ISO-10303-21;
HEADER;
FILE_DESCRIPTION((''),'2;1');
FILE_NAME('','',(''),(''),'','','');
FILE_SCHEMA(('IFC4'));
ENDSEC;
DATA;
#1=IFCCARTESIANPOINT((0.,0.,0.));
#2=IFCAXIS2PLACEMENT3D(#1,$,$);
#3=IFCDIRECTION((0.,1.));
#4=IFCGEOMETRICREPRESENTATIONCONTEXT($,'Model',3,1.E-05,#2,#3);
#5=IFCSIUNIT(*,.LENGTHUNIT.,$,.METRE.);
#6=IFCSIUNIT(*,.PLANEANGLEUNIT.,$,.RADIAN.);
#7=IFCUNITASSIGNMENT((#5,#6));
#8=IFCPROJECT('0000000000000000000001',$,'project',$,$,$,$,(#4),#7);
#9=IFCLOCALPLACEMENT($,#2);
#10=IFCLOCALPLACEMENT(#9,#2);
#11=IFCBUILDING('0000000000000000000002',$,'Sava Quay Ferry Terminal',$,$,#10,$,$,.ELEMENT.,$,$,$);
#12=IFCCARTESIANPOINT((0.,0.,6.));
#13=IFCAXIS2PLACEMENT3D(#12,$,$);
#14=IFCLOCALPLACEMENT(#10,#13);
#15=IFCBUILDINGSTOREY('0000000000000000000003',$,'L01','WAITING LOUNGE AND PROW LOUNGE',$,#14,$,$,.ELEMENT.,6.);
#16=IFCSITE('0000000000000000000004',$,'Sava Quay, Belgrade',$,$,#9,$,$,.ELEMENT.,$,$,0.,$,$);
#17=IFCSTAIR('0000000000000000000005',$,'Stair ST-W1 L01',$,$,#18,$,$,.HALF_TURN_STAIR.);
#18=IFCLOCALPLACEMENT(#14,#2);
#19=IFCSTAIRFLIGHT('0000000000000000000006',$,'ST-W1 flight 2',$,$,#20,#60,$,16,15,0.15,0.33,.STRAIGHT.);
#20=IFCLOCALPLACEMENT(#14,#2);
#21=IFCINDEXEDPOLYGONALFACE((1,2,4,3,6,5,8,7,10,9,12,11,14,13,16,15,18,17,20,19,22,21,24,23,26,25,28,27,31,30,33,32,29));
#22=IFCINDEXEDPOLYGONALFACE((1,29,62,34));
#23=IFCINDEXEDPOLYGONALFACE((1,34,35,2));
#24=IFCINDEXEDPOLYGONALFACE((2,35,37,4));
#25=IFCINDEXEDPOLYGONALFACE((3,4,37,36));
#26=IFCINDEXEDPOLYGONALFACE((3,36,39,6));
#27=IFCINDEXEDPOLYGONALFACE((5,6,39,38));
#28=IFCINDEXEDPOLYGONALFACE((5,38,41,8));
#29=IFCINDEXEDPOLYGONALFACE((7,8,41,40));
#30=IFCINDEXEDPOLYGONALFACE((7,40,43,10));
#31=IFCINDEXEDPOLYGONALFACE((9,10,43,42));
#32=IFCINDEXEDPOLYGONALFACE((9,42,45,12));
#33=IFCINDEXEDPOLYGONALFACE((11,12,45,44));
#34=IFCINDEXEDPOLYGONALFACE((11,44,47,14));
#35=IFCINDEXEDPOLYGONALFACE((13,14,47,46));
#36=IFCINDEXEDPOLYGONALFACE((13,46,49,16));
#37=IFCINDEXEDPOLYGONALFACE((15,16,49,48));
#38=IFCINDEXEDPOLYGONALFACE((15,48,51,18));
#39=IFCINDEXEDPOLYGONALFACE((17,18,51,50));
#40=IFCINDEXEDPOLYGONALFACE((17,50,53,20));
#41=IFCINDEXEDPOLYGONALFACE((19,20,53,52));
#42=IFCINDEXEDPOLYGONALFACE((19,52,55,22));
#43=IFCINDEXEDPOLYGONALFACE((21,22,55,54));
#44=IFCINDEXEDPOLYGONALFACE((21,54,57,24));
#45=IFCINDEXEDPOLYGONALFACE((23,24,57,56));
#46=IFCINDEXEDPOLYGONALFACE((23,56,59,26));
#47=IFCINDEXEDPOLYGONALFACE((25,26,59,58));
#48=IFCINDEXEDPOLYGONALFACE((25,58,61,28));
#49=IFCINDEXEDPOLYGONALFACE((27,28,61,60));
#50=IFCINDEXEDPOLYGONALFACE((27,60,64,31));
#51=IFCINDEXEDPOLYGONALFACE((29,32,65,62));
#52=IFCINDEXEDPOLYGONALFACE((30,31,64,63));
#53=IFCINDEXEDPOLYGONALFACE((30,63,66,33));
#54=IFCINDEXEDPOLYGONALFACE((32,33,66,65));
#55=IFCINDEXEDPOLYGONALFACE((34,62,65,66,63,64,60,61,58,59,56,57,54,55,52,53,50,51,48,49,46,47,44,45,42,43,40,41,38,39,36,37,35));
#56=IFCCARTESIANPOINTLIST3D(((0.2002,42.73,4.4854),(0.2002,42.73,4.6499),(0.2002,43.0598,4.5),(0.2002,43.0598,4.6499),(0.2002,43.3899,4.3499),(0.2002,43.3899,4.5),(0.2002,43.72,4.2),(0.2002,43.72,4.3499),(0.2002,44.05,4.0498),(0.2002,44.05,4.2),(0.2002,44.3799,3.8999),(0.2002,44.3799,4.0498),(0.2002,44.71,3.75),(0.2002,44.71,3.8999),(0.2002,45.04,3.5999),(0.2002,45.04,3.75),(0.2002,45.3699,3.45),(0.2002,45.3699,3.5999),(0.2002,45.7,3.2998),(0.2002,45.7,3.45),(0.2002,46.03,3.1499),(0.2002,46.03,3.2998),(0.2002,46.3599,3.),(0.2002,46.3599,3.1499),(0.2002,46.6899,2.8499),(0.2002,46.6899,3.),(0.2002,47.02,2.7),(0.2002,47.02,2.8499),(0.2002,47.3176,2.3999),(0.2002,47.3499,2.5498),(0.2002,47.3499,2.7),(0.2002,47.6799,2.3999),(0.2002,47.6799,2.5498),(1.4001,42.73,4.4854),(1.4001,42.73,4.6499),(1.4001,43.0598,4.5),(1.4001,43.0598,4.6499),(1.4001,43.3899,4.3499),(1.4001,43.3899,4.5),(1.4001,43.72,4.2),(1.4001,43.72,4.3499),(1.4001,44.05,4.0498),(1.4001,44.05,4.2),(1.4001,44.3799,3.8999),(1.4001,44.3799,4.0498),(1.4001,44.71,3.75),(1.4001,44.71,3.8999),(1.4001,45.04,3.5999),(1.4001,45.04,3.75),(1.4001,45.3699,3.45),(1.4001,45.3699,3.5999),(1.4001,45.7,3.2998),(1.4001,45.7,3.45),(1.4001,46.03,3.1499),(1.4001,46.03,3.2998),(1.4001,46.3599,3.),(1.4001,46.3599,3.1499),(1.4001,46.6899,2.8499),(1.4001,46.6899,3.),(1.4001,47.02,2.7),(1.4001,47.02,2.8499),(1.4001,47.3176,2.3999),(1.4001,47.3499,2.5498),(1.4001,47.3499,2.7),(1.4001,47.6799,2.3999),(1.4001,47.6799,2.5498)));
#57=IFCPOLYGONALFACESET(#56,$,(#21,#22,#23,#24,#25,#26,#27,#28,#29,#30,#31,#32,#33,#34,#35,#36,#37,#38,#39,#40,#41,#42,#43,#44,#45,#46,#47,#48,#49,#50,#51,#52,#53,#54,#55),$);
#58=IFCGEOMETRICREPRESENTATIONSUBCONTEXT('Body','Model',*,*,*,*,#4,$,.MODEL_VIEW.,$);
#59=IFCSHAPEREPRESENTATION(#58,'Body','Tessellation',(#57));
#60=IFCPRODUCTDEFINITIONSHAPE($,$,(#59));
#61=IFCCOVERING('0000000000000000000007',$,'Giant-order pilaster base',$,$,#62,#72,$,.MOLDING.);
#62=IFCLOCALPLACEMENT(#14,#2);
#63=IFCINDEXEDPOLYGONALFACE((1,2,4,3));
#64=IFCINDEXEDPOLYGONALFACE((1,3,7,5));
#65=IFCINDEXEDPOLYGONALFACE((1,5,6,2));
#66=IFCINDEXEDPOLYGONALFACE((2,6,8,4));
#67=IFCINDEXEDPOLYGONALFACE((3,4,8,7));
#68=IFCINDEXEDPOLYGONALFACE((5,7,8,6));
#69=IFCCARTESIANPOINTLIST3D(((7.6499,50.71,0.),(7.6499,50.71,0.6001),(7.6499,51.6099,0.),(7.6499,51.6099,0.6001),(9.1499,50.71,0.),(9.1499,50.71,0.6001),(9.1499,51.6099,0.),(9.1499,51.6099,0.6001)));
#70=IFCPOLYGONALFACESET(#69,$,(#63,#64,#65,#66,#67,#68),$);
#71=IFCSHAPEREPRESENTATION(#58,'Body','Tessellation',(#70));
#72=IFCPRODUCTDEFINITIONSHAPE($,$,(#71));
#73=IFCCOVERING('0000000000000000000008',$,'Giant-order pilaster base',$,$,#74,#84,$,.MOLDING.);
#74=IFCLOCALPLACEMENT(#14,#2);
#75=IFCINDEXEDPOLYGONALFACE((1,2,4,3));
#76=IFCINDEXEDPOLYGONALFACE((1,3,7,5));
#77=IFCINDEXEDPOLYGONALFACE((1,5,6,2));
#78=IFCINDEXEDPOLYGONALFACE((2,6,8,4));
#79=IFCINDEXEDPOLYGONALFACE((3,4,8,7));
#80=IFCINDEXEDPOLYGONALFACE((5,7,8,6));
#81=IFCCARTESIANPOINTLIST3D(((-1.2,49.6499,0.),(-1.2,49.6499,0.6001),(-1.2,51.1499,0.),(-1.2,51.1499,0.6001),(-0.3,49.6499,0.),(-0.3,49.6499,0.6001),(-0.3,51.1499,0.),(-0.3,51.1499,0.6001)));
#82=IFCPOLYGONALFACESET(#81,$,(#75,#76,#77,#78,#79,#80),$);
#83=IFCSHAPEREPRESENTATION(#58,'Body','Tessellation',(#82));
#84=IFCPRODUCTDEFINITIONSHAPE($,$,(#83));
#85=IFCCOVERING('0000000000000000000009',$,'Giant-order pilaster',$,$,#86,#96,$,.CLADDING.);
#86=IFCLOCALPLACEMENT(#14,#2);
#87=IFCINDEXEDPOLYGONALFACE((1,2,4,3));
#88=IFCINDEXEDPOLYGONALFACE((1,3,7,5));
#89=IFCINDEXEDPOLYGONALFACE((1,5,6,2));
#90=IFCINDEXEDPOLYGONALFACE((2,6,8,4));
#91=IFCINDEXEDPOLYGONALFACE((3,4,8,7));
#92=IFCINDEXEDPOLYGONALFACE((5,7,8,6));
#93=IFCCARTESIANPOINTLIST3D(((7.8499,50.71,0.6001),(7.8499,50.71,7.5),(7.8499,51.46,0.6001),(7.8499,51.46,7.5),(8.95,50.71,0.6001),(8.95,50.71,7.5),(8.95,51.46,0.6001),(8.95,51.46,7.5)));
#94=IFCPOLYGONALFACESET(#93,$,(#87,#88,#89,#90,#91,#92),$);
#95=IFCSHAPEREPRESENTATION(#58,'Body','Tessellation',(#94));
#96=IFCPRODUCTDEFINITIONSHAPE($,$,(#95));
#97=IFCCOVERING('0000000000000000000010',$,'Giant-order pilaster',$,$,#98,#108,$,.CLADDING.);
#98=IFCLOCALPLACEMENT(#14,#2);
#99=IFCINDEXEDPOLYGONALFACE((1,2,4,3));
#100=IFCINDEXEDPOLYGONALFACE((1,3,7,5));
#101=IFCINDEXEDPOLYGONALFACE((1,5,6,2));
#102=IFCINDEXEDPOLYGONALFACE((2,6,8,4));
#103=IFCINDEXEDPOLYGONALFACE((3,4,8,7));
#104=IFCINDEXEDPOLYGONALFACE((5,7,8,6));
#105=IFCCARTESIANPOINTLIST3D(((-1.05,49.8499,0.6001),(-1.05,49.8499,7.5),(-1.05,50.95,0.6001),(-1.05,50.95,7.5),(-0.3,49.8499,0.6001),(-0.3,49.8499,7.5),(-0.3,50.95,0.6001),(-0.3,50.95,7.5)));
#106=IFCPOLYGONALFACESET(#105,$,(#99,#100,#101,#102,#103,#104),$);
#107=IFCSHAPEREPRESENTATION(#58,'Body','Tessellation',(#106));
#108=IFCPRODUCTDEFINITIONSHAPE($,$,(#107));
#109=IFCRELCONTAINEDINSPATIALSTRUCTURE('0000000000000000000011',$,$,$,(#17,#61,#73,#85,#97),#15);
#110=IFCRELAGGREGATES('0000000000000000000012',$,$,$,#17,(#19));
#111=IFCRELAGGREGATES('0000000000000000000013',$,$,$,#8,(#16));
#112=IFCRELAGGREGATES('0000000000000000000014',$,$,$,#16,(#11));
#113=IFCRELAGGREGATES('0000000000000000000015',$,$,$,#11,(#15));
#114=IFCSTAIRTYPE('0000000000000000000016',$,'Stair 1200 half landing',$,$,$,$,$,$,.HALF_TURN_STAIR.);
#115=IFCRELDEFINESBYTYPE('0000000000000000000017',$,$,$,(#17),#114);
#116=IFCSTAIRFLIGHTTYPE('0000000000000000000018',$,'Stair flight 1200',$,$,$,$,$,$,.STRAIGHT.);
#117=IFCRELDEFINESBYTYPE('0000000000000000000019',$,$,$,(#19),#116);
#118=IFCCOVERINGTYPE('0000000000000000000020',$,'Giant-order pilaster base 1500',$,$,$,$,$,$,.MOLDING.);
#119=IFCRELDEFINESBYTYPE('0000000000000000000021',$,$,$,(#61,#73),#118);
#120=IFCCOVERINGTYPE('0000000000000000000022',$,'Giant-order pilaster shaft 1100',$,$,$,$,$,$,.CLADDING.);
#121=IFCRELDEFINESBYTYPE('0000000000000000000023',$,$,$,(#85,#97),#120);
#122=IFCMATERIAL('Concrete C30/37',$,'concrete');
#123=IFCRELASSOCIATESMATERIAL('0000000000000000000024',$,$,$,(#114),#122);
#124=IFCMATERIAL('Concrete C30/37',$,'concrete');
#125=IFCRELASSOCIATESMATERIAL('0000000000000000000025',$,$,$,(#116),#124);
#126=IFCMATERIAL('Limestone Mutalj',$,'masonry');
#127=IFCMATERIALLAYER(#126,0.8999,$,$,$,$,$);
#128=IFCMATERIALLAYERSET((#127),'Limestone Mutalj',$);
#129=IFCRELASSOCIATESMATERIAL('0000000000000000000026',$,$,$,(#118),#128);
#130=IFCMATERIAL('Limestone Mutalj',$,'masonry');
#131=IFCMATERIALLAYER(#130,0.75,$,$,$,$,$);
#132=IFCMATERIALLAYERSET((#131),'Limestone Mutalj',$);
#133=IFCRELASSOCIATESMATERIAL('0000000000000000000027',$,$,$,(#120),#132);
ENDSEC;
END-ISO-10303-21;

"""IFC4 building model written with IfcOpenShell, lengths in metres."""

from ifc_helpers import new_model, si_unit, direction, frame, origin, origin_2d, place, context, subcontext, project, spatial, polyline, rectangle, outline, extrude, material, layer, layer_set, type_object, element, aggregate, save


model = new_model("IFC4")

# Units and contexts
model_context = context("Model", 3, precision=1e-05, world=origin(), true_north=direction((0.0, 1.0)))
body_context = subcontext(model_context, "Body", "Model", "MODEL_VIEW")
ifc_project = project(units=[si_unit("LENGTHUNIT", "METRE"), si_unit("PLANEANGLEUNIT", "RADIAN")], contexts=[model_context])

# Site, building, storey
site_placement = place(None, origin())
site = spatial("IfcSite", under=ifc_project, at=site_placement, Name="Sava Quay, Belgrade", CompositionType="ELEMENT", RefElevation=0.0)
building_placement = place(site_placement, origin())
building = spatial("IfcBuilding", under=site, at=building_placement, Name="Sava Quay Ferry Terminal", CompositionType="ELEMENT")
storey_placement = place(building_placement, frame((0.0, 0.0, 6.0)))
storey = spatial("IfcBuildingStorey", under=building, at=storey_placement, Name="L01", Description="WAITING LOUNGE AND PROW LOUNGE", CompositionType="ELEMENT", Elevation=6.0)

# Stair, stair flight
ifc_material_1 = material(Name="Concrete C30/37", Category="concrete")
stair_type = type_object("IfcStairType", Name="Stair 1200 half landing", PredefinedType="HALF_TURN_STAIR", material=ifc_material_1)
stair_placement = place(storey_placement, origin())
stair = element("IfcStair", 1, at=stair_placement, inside=storey, type_object=stair_type, Name="Stair ST-W1 L01", PredefinedType="HALF_TURN_STAIR")
ifc_material_2 = material(Name="Concrete C30/37", Category="concrete")
stair_flight_type = type_object("IfcStairFlightType", Name="Stair flight 1200", PredefinedType="STRAIGHT", material=ifc_material_2)
stair_flight_1_placement = place(storey_placement, frame((0.8, 47.6799, 2.3999), z_axis=(0.0, 0.0, 1.0), x_axis=(0.0, -1.0, 0.0)))
stair_flight_1 = element("IfcStairFlight", 2, at=stair_flight_1_placement, type_object=stair_flight_type, Name="ST-W1 flight 2", NumberOfRisers=16, NumberOfTreads=15, PredefinedType="STRAIGHT", RiserHeight=0.15, TreadLength=0.33, context=body_context, shape_type="SweptSolid", body=[
    extrude(outline(polyline([(0.0, 0.0), (0.0, 0.1499), (0.3301, 0.1499), (0.3301, 0.3), (0.6599, 0.3), (0.6599, 0.45), (0.99, 0.45), (0.99, 0.6001), (1.3201, 0.6001), (1.3201, 0.75), (1.6499, 0.75), (1.6499, 0.8999), (1.98, 0.8999), (1.98, 1.05), (2.3101, 1.05), (2.3101, 1.2), (2.6399, 1.2), (2.6399, 1.3501), (2.97, 1.3501), (2.97, 1.5), (3.3, 1.5), (3.3, 1.6499), (3.6299, 1.6499), (3.6299, 1.8), (3.96, 1.8), (3.96, 1.95), (4.29, 1.95), (4.29, 2.1001), (4.6201, 2.1001), (4.6201, 2.25), (4.95, 2.25), (4.95, 2.3999), (4.95, 2.0854), (0.3623, 0.0), (0.0, 0.0)])), frame((0.0, 0.6001, 0.0), z_axis=(0.0, -1.0, 0.0), x_axis=(1.0, 0.0, 0.0)), (0.0, 0.0, 1.0), 1.2),
])
aggregate(stair, [stair_flight_1])

# Coverings
ifc_material_3 = material(Name="Limestone Mutalj", Category="masonry")
ifc_layer_1 = layer(ifc_material_3, 0.8999)
ifc_layer_set_1 = layer_set([ifc_layer_1], Name="Limestone Mutalj")
covering_type_1 = type_object("IfcCoveringType", Name="Giant-order pilaster base 1500", PredefinedType="MOLDING", material=ifc_layer_set_1)
covering_1_placement = place(storey_placement, frame((8.3999, 51.1599, 0.0), z_axis=(0.0, 0.0, 1.0), x_axis=(1.0, 0.0, 0.0)))
element("IfcCovering", 3, at=covering_1_placement, inside=storey, type_object=covering_type_1, Name="Giant-order pilaster base", PredefinedType="MOLDING", context=body_context, shape_type="SweptSolid", body=[
    extrude(rectangle(XDim=1.5, YDim=0.8999, at=origin_2d()), origin(), (0.0, 0.0, 1.0), 0.6001),
])
covering_2_placement = place(storey_placement, frame((-0.75, 50.3999, 0.0), z_axis=(0.0, 0.0, 1.0), x_axis=(1.0, 0.0, 0.0)))
element("IfcCovering", 4, at=covering_2_placement, inside=storey, type_object=covering_type_1, Name="Giant-order pilaster base", PredefinedType="MOLDING", context=body_context, shape_type="SweptSolid", body=[
    extrude(rectangle(XDim=0.8999, YDim=1.5, at=origin_2d()), origin(), (0.0, 0.0, 1.0), 0.6001),
])
ifc_material_4 = material(Name="Limestone Mutalj", Category="masonry")
ifc_layer_2 = layer(ifc_material_4, 0.75)
ifc_layer_set_2 = layer_set([ifc_layer_2], Name="Limestone Mutalj")
covering_type_2 = type_object("IfcCoveringType", Name="Giant-order pilaster shaft 1100", PredefinedType="CLADDING", material=ifc_layer_set_2)
covering_3_placement = place(storey_placement, frame((8.3999, 51.085, 0.6001), z_axis=(0.0, 0.0, 1.0), x_axis=(1.0, 0.0, 0.0)))
element("IfcCovering", 5, at=covering_3_placement, inside=storey, type_object=covering_type_2, Name="Giant-order pilaster", PredefinedType="CLADDING", context=body_context, shape_type="SweptSolid", body=[
    extrude(rectangle(XDim=1.1001, YDim=0.75, at=origin_2d()), origin(), (0.0, 0.0, 1.0), 6.8999),
])
covering_4_placement = place(storey_placement, frame((-0.675, 50.3999, 0.6001), z_axis=(0.0, 0.0, 1.0), x_axis=(1.0, 0.0, 0.0)))
element("IfcCovering", 6, at=covering_4_placement, inside=storey, type_object=covering_type_2, Name="Giant-order pilaster", PredefinedType="CLADDING", context=body_context, shape_type="SweptSolid", body=[
    extrude(rectangle(XDim=0.75, YDim=1.1001, at=origin_2d()), origin(), (0.0, 0.0, 1.0), 6.8999),
])

save(model, "model.ifc")
